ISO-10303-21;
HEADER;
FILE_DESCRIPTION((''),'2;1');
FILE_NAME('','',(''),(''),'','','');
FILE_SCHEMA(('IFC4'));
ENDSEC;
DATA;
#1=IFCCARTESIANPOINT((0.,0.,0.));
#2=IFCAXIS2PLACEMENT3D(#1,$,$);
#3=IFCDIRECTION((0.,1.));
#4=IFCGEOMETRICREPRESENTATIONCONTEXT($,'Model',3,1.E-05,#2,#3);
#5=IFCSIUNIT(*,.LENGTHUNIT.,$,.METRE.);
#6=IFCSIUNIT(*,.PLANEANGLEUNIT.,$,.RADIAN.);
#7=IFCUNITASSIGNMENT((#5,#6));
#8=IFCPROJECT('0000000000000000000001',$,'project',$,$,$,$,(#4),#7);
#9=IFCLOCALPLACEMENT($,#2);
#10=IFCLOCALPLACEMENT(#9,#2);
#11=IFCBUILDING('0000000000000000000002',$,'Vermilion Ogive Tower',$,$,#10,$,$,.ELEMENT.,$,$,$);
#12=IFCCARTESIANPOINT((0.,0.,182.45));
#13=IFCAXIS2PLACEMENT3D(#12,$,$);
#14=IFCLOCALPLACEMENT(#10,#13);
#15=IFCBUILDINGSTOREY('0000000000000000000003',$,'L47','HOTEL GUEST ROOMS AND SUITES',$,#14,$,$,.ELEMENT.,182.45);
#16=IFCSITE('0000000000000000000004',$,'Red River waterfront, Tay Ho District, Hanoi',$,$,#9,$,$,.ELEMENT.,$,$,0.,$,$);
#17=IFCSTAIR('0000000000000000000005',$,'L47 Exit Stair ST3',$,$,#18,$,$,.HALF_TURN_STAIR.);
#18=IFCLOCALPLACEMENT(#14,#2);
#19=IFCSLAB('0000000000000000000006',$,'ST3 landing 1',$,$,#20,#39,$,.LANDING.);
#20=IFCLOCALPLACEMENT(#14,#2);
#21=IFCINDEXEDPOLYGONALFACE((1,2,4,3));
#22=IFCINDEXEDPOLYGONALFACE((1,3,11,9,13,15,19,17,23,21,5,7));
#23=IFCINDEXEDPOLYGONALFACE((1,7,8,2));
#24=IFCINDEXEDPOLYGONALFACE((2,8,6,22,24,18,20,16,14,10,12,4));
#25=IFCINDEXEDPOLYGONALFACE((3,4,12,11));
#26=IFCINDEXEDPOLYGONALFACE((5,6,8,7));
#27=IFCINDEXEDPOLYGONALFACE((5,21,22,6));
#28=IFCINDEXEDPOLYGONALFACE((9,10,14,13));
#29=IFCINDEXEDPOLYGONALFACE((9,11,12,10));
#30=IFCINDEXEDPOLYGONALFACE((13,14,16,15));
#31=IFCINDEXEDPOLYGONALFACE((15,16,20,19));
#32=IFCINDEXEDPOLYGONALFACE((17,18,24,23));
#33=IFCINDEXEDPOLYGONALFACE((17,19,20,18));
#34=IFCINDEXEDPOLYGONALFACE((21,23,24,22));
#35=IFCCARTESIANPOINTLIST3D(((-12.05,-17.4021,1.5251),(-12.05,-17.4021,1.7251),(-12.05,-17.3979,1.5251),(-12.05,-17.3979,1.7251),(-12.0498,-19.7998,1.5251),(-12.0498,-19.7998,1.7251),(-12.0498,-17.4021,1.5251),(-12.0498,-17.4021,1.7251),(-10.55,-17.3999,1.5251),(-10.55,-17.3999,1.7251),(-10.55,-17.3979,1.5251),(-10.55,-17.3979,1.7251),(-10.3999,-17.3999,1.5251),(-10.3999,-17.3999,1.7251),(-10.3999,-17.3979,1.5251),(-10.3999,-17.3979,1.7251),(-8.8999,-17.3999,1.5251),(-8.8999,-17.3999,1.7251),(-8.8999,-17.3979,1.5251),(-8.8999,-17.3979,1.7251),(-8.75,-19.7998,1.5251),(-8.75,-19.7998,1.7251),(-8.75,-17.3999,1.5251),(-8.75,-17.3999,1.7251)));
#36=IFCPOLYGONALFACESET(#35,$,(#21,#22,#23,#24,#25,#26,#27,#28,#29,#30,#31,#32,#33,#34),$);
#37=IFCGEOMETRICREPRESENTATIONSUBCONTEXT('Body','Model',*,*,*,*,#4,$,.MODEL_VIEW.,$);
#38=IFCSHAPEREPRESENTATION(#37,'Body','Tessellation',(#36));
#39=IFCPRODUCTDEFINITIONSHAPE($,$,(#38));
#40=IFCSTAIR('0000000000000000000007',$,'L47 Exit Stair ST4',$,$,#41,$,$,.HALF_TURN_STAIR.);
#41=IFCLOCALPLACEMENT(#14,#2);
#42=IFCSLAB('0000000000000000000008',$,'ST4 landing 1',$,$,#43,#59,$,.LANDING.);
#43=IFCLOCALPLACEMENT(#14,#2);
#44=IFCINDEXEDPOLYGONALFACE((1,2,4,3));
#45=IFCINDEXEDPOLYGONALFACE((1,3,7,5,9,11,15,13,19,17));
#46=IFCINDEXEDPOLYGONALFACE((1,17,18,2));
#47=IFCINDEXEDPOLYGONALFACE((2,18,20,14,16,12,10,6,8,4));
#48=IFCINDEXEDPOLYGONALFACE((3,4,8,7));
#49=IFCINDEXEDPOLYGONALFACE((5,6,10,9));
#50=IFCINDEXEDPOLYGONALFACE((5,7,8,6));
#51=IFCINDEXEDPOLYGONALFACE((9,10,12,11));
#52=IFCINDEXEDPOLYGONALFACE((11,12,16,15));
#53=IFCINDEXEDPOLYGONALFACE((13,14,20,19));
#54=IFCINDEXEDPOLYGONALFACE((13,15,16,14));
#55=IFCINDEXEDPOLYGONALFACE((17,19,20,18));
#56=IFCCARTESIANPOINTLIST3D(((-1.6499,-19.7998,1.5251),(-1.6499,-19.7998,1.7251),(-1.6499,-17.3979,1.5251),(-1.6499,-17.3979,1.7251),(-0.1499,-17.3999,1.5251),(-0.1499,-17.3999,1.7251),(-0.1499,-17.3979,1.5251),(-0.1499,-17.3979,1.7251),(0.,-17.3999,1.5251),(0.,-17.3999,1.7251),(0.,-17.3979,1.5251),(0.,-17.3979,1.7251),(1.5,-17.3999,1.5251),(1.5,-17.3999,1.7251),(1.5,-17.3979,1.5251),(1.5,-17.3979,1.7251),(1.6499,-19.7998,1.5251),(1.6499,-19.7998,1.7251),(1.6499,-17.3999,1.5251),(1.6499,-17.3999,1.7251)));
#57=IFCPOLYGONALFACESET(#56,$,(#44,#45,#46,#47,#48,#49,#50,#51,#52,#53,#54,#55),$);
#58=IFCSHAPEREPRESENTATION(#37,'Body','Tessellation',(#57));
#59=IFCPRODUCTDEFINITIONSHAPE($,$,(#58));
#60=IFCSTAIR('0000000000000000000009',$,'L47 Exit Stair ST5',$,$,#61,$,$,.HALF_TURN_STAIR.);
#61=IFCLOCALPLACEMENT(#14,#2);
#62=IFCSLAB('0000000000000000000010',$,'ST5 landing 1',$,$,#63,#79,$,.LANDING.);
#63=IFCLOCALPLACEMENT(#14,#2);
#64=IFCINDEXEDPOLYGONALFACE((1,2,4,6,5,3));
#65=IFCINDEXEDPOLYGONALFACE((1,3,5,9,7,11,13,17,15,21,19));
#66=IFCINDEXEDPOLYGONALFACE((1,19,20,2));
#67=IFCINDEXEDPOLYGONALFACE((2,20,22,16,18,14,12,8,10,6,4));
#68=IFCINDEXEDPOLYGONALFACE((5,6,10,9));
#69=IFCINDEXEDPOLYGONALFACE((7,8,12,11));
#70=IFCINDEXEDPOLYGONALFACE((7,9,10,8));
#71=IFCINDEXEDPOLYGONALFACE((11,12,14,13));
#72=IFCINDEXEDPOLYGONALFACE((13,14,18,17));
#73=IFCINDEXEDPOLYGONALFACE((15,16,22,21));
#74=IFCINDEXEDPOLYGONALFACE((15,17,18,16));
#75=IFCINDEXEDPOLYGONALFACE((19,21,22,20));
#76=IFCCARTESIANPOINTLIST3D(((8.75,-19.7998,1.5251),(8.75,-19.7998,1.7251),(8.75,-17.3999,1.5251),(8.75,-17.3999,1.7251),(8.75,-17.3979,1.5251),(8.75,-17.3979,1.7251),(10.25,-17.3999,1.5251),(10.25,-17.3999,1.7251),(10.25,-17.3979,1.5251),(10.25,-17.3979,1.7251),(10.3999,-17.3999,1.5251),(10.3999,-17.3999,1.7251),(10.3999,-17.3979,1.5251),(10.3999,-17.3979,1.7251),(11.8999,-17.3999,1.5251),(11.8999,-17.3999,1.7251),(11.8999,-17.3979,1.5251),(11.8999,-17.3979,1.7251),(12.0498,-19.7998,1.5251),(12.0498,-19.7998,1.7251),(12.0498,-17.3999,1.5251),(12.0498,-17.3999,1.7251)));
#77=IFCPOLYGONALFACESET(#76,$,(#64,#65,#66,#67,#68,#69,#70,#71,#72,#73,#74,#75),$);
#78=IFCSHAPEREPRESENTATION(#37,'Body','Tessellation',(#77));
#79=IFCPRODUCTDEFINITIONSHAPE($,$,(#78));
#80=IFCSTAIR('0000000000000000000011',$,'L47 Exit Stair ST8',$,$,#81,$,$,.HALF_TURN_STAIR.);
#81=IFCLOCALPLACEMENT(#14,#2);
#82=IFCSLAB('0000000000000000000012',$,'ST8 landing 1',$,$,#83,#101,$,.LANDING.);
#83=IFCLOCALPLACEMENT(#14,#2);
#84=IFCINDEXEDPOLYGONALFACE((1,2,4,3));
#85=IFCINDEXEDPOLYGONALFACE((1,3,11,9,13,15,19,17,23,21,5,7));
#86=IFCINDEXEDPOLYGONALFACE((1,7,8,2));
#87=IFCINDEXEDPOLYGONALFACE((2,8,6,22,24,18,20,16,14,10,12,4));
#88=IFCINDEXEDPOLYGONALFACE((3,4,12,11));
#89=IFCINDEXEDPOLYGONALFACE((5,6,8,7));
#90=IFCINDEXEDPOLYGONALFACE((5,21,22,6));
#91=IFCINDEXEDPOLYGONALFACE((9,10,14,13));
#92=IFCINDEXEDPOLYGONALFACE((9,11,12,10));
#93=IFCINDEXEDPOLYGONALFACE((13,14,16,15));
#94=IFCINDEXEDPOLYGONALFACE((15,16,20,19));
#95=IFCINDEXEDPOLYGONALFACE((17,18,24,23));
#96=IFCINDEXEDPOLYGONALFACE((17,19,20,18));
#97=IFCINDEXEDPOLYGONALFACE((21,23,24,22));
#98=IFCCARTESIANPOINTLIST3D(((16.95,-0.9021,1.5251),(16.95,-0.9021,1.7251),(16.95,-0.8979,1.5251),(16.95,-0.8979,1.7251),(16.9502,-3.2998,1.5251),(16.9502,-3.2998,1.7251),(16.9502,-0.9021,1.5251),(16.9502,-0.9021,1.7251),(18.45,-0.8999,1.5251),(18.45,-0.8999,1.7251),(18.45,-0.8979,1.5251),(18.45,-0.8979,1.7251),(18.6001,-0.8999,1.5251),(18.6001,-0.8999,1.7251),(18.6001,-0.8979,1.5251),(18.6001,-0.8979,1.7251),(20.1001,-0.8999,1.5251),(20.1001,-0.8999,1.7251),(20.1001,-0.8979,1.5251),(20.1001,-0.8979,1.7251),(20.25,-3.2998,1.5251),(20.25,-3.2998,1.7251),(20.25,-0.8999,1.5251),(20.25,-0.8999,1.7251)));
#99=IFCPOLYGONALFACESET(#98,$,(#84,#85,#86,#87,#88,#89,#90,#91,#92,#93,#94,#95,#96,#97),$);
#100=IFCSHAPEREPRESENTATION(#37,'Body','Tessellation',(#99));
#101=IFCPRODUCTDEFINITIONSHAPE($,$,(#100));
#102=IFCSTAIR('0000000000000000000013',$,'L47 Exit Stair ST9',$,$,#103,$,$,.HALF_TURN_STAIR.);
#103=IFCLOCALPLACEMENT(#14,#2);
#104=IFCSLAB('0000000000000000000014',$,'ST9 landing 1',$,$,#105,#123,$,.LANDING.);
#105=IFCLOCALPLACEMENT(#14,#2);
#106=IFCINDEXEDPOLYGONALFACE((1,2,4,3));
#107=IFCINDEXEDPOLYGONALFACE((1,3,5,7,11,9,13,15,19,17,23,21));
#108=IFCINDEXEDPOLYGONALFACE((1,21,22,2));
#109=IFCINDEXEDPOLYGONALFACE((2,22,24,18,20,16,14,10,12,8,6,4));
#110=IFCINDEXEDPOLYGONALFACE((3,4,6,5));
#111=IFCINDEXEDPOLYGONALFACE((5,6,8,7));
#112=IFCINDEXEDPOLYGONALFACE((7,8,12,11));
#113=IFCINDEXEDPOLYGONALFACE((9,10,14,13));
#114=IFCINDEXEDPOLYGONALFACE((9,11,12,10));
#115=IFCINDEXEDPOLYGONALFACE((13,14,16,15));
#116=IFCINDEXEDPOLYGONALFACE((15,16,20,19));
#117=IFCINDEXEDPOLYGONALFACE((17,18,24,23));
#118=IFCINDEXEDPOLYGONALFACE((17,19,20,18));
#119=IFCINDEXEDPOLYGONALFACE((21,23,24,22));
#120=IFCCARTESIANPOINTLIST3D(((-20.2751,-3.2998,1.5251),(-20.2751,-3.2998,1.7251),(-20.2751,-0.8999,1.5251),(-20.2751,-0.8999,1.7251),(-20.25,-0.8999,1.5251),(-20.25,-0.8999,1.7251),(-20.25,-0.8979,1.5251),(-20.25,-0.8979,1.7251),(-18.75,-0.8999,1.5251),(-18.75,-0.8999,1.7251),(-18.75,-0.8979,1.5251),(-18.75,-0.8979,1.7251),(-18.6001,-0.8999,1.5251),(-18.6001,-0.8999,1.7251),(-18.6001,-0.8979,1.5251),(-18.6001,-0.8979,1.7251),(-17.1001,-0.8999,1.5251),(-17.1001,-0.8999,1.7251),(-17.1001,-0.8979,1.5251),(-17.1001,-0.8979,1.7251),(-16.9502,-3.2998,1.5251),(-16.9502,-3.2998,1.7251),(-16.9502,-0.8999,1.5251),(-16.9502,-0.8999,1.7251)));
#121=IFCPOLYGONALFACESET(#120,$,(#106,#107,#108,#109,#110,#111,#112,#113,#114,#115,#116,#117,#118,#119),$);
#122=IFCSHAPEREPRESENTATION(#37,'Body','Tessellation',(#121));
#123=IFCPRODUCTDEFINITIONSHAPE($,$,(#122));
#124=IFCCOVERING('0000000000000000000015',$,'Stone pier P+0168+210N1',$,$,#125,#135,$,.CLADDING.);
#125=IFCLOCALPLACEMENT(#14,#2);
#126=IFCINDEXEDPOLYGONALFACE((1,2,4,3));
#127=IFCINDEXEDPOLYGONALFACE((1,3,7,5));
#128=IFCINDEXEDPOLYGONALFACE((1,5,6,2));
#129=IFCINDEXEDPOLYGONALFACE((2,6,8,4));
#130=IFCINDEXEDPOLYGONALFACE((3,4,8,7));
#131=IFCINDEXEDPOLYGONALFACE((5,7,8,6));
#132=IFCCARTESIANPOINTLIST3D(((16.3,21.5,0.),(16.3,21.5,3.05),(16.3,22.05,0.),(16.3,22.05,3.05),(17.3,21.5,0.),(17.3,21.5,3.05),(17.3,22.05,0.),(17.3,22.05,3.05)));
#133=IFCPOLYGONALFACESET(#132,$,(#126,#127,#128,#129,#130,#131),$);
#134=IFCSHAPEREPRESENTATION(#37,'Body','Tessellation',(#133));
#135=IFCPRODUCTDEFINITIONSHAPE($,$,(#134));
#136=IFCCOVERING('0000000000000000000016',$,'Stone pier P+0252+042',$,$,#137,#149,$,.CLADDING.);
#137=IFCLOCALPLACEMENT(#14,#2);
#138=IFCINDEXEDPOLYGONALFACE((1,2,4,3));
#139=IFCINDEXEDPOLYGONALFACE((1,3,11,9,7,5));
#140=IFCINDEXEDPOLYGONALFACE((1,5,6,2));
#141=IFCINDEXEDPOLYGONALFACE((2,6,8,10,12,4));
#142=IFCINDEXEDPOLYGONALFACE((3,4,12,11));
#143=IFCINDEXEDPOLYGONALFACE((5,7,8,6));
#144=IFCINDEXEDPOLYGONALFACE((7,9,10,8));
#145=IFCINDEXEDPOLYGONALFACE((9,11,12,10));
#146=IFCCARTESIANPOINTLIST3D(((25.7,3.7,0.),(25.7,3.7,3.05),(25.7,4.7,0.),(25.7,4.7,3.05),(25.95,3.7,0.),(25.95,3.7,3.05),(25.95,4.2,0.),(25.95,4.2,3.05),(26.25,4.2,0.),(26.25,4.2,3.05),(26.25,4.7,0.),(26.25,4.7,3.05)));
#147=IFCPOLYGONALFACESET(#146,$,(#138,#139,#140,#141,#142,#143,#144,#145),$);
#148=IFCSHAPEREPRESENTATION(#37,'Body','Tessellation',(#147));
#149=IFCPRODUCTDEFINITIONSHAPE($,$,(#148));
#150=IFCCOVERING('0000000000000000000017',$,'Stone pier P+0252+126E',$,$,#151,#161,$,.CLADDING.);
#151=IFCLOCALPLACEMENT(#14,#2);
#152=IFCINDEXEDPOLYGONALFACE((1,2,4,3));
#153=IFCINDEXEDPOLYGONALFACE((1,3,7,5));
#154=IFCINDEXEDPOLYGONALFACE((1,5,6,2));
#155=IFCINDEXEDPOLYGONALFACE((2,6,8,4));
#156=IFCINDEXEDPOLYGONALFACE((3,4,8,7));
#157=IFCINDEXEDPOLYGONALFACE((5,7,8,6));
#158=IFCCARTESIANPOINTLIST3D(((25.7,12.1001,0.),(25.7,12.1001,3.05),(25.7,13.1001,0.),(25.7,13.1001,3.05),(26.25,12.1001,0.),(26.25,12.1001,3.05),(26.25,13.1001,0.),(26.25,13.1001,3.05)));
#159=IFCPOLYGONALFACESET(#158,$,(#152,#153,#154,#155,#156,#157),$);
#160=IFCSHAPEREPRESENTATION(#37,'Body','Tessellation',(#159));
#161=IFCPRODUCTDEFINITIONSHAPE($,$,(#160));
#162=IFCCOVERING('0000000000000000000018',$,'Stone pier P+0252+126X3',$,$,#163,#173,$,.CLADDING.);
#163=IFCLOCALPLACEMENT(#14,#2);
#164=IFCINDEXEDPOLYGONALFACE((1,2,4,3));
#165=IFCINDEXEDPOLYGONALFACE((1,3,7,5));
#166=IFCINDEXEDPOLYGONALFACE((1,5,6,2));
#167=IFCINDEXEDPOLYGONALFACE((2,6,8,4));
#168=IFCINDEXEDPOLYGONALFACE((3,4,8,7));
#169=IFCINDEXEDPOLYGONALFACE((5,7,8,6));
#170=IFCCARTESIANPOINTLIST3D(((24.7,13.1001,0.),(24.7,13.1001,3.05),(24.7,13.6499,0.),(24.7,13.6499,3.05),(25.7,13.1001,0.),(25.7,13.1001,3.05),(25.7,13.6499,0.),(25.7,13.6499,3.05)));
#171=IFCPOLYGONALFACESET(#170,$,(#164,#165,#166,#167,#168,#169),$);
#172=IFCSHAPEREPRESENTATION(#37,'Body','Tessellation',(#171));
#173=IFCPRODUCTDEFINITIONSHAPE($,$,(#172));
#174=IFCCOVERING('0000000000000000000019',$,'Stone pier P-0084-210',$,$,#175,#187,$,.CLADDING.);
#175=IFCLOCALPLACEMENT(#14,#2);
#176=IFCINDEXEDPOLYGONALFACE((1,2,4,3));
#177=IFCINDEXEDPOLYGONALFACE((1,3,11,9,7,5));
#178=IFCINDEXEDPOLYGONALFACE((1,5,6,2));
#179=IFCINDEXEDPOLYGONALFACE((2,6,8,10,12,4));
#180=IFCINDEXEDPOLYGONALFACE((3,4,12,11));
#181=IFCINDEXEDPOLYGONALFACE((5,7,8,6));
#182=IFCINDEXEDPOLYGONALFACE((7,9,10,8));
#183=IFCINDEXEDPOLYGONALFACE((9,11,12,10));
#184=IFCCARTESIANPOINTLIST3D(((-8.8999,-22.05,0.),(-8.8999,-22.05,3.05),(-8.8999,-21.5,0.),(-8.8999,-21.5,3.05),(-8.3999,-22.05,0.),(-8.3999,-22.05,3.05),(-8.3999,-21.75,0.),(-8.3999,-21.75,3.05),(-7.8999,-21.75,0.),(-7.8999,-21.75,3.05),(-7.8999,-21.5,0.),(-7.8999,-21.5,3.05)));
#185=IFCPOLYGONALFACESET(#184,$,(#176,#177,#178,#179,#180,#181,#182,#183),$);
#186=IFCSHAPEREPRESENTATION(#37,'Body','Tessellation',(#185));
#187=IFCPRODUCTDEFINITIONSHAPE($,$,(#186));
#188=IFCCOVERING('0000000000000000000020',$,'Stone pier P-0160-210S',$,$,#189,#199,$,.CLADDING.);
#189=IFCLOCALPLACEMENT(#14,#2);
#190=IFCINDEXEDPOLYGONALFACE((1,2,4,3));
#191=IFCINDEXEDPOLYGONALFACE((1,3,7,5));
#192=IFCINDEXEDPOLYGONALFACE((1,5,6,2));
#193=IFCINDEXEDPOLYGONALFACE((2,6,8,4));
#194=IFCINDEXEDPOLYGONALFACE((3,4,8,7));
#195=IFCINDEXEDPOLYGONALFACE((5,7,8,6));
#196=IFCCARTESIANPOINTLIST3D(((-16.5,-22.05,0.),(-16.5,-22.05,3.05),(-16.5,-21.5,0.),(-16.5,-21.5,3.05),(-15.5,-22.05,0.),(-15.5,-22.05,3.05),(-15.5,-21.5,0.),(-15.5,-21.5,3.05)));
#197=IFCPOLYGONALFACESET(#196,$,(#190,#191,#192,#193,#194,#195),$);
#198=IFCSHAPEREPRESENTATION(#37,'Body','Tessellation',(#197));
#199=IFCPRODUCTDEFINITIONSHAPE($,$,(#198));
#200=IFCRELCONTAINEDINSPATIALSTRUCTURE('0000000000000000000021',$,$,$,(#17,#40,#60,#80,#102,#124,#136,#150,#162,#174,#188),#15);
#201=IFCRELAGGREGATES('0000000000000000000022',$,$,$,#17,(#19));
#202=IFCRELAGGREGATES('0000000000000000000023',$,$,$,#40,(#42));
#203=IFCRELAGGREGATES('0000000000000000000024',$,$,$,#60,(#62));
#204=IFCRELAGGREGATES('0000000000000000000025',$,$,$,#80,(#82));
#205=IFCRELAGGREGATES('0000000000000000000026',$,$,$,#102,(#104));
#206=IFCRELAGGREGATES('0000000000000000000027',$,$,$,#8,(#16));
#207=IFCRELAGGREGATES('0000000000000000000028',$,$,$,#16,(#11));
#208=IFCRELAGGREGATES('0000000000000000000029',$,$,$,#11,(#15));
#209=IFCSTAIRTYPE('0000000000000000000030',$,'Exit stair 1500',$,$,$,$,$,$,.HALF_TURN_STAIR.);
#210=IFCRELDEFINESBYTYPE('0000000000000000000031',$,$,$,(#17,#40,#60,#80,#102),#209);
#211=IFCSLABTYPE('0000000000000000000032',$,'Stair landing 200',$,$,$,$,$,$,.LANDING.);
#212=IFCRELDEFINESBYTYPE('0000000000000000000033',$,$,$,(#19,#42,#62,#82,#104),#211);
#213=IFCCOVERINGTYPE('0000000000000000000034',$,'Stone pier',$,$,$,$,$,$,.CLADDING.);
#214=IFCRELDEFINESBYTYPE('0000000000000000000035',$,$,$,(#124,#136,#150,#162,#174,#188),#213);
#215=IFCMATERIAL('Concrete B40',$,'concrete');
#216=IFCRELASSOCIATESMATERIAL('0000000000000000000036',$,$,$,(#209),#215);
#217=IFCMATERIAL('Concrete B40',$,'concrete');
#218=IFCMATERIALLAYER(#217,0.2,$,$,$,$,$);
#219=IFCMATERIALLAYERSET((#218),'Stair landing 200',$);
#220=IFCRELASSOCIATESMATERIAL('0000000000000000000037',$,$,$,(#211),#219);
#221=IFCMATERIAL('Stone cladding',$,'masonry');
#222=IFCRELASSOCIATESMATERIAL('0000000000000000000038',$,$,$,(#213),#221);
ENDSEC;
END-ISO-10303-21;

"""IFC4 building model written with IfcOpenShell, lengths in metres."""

from ifc_helpers import new_model, si_unit, direction, frame, origin, place, context, subcontext, project, spatial, polyline, outline, extrude, material, layer, layer_set, type_object, element, aggregate, save


model = new_model("IFC4")

# Units and contexts
model_context = context("Model", 3, precision=1e-05, world=origin(), true_north=direction((0.0, 1.0)))
body_context = subcontext(model_context, "Body", "Model", "MODEL_VIEW")
ifc_project = project(units=[si_unit("LENGTHUNIT", "METRE"), si_unit("PLANEANGLEUNIT", "RADIAN")], contexts=[model_context])

# Site, building, storey
site_placement = place(None, origin())
site = spatial("IfcSite", under=ifc_project, at=site_placement, Name="Red River waterfront, Tay Ho District, Hanoi", CompositionType="ELEMENT", RefElevation=0.0)
building_placement = place(site_placement, origin())
building = spatial("IfcBuilding", under=site, at=building_placement, Name="Vermilion Ogive Tower", CompositionType="ELEMENT")
storey_placement = place(building_placement, frame((0.0, 0.0, 182.45)))
storey = spatial("IfcBuildingStorey", under=building, at=storey_placement, Name="L47", Description="HOTEL GUEST ROOMS AND SUITES", CompositionType="ELEMENT", Elevation=182.45)

# Stairs, slabs
ifc_material_1 = material(Name="Concrete B40", Category="concrete")
stair_type = type_object("IfcStairType", Name="Exit stair 1500", PredefinedType="HALF_TURN_STAIR", material=ifc_material_1)
ifc_material_2 = material(Name="Concrete B40", Category="concrete")
ifc_layer_1 = layer(ifc_material_2, 0.2)
ifc_layer_set_1 = layer_set([ifc_layer_1], Name="Stair landing 200")
slab_type_1 = type_object("IfcSlabType", Name="Stair landing 200", PredefinedType="LANDING", material=ifc_layer_set_1)
stair_1_placement = place(storey_placement, origin())
stair_1 = element("IfcStair", 1, at=stair_1_placement, inside=storey, type_object=stair_type, Name="L47 Exit Stair ST3", PredefinedType="HALF_TURN_STAIR")
slab_1_placement = place(storey_placement, frame((0.0, 0.0, 1.5251)))
slab_1 = element("IfcSlab", 2, at=slab_1_placement, type_object=slab_type_1, Name="ST3 landing 1", PredefinedType="LANDING", context=body_context, shape_type="SweptSolid", body=[
    extrude(outline(polyline([(-8.75, -17.3999), (-8.8999, -17.3999), (-8.8999, -17.3979), (-10.3999, -17.3979), (-10.3999, -17.3999), (-10.55, -17.3999), (-10.55, -17.3979), (-12.05, -17.3979), (-12.05, -17.4021), (-12.0498, -17.4021), (-12.0498, -19.7998), (-8.75, -19.7998), (-8.75, -17.3999)])), origin(), (0.0, 0.0, 1.0), 0.2),
])
aggregate(stair_1, [slab_1])
stair_2_placement = place(storey_placement, origin())
stair_2 = element("IfcStair", 3, at=stair_2_placement, inside=storey, type_object=stair_type, Name="L47 Exit Stair ST4", PredefinedType="HALF_TURN_STAIR")
slab_2_placement = place(storey_placement, frame((0.0, 0.0, 1.5251)))
slab_2 = element("IfcSlab", 4, at=slab_2_placement, type_object=slab_type_1, Name="ST4 landing 1", PredefinedType="LANDING", context=body_context, shape_type="SweptSolid", body=[
    extrude(outline(polyline([(1.6499, -17.3999), (1.5, -17.3999), (1.5, -17.3979), (0.0, -17.3979), (0.0, -17.3999), (-0.1499, -17.3999), (-0.1499, -17.3979), (-1.6499, -17.3979), (-1.6499, -19.7998), (1.6499, -19.7998), (1.6499, -17.3999)])), origin(), (0.0, 0.0, 1.0), 0.2),
])
aggregate(stair_2, [slab_2])
stair_3_placement = place(storey_placement, origin())
stair_3 = element("IfcStair", 5, at=stair_3_placement, inside=storey, type_object=stair_type, Name="L47 Exit Stair ST5", PredefinedType="HALF_TURN_STAIR")
slab_3_placement = place(storey_placement, frame((0.0, 0.0, 1.5251)))
slab_3 = element("IfcSlab", 6, at=slab_3_placement, type_object=slab_type_1, Name="ST5 landing 1", PredefinedType="LANDING", context=body_context, shape_type="SweptSolid", body=[
    extrude(outline(polyline([(12.0498, -17.3999), (11.8999, -17.3999), (11.8999, -17.3979), (10.3999, -17.3979), (10.3999, -17.3999), (10.25, -17.3999), (10.25, -17.3979), (8.75, -17.3979), (8.75, -17.3999), (8.75, -17.3999), (8.75, -19.7998), (12.0498, -19.7998), (12.0498, -17.3999)])), origin(), (0.0, 0.0, 1.0), 0.2),
])
aggregate(stair_3, [slab_3])
stair_4_placement = place(storey_placement, origin())
stair_4 = element("IfcStair", 7, at=stair_4_placement, inside=storey, type_object=stair_type, Name="L47 Exit Stair ST8", PredefinedType="HALF_TURN_STAIR")
slab_4_placement = place(storey_placement, frame((0.0, 0.0, 1.5251)))
slab_4 = element("IfcSlab", 8, at=slab_4_placement, type_object=slab_type_1, Name="ST8 landing 1", PredefinedType="LANDING", context=body_context, shape_type="SweptSolid", body=[
    extrude(outline(polyline([(20.25, -0.8999), (20.1001, -0.8999), (20.1001, -0.8979), (18.6001, -0.8979), (18.6001, -0.8999), (18.45, -0.8999), (18.45, -0.8979), (16.95, -0.8979), (16.95, -0.9021), (16.9502, -0.9021), (16.9502, -3.2998), (20.25, -3.2998), (20.25, -0.8999)])), origin(), (0.0, 0.0, 1.0), 0.2),
])
aggregate(stair_4, [slab_4])
stair_5_placement = place(storey_placement, origin())
stair_5 = element("IfcStair", 9, at=stair_5_placement, inside=storey, type_object=stair_type, Name="L47 Exit Stair ST9", PredefinedType="HALF_TURN_STAIR")
slab_5_placement = place(storey_placement, frame((0.0, 0.0, 1.5251)))
slab_5 = element("IfcSlab", 10, at=slab_5_placement, type_object=slab_type_1, Name="ST9 landing 1", PredefinedType="LANDING", context=body_context, shape_type="SweptSolid", body=[
    extrude(outline(polyline([(-16.9502, -0.8999), (-17.1001, -0.8999), (-17.1001, -0.8979), (-18.6001, -0.8979), (-18.6001, -0.8999), (-18.75, -0.8999), (-18.75, -0.8979), (-20.25, -0.8979), (-20.25, -0.8999), (-20.2751, -0.8999), (-20.2751, -3.2998), (-16.9502, -3.2998), (-16.9502, -0.8999)])), origin(), (0.0, 0.0, 1.0), 0.2),
])
aggregate(stair_5, [slab_5])

# Coverings
ifc_material_3 = material(Name="Stone cladding", Category="masonry")
covering_type = type_object("IfcCoveringType", Name="Stone pier", PredefinedType="CLADDING", material=ifc_material_3)
covering_1_placement = place(storey_placement, origin())
element("IfcCovering", 11, at=covering_1_placement, inside=storey, type_object=covering_type, Name="Stone pier P+0168+210N1", PredefinedType="CLADDING", context=body_context, shape_type="SweptSolid", body=[
    extrude(outline(polyline([(17.3, 22.05), (17.3, 21.5), (16.3, 21.5), (16.3, 22.05), (17.3, 22.05)])), origin(), (0.0, 0.0, 1.0), 3.05),
])
covering_2_placement = place(storey_placement, origin())
element("IfcCovering", 12, at=covering_2_placement, inside=storey, type_object=covering_type, Name="Stone pier P+0252+042", PredefinedType="CLADDING", context=body_context, shape_type="SweptSolid", body=[
    extrude(outline(polyline([(25.7, 4.7), (26.25, 4.7), (26.25, 4.2), (25.95, 4.2), (25.95, 3.7), (25.7, 3.7), (25.7, 4.7), (25.7, 4.7)])), origin(), (0.0, 0.0, 1.0), 3.05),
])
covering_3_placement = place(storey_placement, origin())
element("IfcCovering", 13, at=covering_3_placement, inside=storey, type_object=covering_type, Name="Stone pier P+0252+126E", PredefinedType="CLADDING", context=body_context, shape_type="SweptSolid", body=[
    extrude(outline(polyline([(26.25, 13.1001), (26.25, 12.1001), (25.7, 12.1001), (25.7, 13.1001), (26.25, 13.1001)])), origin(), (0.0, 0.0, 1.0), 3.05),
])
covering_4_placement = place(storey_placement, origin())
element("IfcCovering", 14, at=covering_4_placement, inside=storey, type_object=covering_type, Name="Stone pier P+0252+126X3", PredefinedType="CLADDING", context=body_context, shape_type="SweptSolid", body=[
    extrude(outline(polyline([(25.7, 13.6499), (25.7, 13.1001), (24.7, 13.1001), (24.7, 13.6499), (25.7, 13.6499)])), origin(), (0.0, 0.0, 1.0), 3.05),
])
covering_5_placement = place(storey_placement, origin())
element("IfcCovering", 15, at=covering_5_placement, inside=storey, type_object=covering_type, Name="Stone pier P-0084-210", PredefinedType="CLADDING", context=body_context, shape_type="SweptSolid", body=[
    extrude(outline(polyline([(-7.8999, -21.75), (-8.3999, -21.75), (-8.3999, -22.05), (-8.8999, -22.05), (-8.8999, -21.5), (-7.8999, -21.5), (-7.8999, -21.75)])), origin(), (0.0, 0.0, 1.0), 3.05),
])
covering_6_placement = place(storey_placement, origin())
element("IfcCovering", 16, at=covering_6_placement, inside=storey, type_object=covering_type, Name="Stone pier P-0160-210S", PredefinedType="CLADDING", context=body_context, shape_type="SweptSolid", body=[
    extrude(outline(polyline([(-15.5, -22.05), (-16.5, -22.05), (-16.5, -21.5), (-15.5, -21.5), (-15.5, -22.05)])), origin(), (0.0, 0.0, 1.0), 3.05),
])

save(model, "model.ifc")
